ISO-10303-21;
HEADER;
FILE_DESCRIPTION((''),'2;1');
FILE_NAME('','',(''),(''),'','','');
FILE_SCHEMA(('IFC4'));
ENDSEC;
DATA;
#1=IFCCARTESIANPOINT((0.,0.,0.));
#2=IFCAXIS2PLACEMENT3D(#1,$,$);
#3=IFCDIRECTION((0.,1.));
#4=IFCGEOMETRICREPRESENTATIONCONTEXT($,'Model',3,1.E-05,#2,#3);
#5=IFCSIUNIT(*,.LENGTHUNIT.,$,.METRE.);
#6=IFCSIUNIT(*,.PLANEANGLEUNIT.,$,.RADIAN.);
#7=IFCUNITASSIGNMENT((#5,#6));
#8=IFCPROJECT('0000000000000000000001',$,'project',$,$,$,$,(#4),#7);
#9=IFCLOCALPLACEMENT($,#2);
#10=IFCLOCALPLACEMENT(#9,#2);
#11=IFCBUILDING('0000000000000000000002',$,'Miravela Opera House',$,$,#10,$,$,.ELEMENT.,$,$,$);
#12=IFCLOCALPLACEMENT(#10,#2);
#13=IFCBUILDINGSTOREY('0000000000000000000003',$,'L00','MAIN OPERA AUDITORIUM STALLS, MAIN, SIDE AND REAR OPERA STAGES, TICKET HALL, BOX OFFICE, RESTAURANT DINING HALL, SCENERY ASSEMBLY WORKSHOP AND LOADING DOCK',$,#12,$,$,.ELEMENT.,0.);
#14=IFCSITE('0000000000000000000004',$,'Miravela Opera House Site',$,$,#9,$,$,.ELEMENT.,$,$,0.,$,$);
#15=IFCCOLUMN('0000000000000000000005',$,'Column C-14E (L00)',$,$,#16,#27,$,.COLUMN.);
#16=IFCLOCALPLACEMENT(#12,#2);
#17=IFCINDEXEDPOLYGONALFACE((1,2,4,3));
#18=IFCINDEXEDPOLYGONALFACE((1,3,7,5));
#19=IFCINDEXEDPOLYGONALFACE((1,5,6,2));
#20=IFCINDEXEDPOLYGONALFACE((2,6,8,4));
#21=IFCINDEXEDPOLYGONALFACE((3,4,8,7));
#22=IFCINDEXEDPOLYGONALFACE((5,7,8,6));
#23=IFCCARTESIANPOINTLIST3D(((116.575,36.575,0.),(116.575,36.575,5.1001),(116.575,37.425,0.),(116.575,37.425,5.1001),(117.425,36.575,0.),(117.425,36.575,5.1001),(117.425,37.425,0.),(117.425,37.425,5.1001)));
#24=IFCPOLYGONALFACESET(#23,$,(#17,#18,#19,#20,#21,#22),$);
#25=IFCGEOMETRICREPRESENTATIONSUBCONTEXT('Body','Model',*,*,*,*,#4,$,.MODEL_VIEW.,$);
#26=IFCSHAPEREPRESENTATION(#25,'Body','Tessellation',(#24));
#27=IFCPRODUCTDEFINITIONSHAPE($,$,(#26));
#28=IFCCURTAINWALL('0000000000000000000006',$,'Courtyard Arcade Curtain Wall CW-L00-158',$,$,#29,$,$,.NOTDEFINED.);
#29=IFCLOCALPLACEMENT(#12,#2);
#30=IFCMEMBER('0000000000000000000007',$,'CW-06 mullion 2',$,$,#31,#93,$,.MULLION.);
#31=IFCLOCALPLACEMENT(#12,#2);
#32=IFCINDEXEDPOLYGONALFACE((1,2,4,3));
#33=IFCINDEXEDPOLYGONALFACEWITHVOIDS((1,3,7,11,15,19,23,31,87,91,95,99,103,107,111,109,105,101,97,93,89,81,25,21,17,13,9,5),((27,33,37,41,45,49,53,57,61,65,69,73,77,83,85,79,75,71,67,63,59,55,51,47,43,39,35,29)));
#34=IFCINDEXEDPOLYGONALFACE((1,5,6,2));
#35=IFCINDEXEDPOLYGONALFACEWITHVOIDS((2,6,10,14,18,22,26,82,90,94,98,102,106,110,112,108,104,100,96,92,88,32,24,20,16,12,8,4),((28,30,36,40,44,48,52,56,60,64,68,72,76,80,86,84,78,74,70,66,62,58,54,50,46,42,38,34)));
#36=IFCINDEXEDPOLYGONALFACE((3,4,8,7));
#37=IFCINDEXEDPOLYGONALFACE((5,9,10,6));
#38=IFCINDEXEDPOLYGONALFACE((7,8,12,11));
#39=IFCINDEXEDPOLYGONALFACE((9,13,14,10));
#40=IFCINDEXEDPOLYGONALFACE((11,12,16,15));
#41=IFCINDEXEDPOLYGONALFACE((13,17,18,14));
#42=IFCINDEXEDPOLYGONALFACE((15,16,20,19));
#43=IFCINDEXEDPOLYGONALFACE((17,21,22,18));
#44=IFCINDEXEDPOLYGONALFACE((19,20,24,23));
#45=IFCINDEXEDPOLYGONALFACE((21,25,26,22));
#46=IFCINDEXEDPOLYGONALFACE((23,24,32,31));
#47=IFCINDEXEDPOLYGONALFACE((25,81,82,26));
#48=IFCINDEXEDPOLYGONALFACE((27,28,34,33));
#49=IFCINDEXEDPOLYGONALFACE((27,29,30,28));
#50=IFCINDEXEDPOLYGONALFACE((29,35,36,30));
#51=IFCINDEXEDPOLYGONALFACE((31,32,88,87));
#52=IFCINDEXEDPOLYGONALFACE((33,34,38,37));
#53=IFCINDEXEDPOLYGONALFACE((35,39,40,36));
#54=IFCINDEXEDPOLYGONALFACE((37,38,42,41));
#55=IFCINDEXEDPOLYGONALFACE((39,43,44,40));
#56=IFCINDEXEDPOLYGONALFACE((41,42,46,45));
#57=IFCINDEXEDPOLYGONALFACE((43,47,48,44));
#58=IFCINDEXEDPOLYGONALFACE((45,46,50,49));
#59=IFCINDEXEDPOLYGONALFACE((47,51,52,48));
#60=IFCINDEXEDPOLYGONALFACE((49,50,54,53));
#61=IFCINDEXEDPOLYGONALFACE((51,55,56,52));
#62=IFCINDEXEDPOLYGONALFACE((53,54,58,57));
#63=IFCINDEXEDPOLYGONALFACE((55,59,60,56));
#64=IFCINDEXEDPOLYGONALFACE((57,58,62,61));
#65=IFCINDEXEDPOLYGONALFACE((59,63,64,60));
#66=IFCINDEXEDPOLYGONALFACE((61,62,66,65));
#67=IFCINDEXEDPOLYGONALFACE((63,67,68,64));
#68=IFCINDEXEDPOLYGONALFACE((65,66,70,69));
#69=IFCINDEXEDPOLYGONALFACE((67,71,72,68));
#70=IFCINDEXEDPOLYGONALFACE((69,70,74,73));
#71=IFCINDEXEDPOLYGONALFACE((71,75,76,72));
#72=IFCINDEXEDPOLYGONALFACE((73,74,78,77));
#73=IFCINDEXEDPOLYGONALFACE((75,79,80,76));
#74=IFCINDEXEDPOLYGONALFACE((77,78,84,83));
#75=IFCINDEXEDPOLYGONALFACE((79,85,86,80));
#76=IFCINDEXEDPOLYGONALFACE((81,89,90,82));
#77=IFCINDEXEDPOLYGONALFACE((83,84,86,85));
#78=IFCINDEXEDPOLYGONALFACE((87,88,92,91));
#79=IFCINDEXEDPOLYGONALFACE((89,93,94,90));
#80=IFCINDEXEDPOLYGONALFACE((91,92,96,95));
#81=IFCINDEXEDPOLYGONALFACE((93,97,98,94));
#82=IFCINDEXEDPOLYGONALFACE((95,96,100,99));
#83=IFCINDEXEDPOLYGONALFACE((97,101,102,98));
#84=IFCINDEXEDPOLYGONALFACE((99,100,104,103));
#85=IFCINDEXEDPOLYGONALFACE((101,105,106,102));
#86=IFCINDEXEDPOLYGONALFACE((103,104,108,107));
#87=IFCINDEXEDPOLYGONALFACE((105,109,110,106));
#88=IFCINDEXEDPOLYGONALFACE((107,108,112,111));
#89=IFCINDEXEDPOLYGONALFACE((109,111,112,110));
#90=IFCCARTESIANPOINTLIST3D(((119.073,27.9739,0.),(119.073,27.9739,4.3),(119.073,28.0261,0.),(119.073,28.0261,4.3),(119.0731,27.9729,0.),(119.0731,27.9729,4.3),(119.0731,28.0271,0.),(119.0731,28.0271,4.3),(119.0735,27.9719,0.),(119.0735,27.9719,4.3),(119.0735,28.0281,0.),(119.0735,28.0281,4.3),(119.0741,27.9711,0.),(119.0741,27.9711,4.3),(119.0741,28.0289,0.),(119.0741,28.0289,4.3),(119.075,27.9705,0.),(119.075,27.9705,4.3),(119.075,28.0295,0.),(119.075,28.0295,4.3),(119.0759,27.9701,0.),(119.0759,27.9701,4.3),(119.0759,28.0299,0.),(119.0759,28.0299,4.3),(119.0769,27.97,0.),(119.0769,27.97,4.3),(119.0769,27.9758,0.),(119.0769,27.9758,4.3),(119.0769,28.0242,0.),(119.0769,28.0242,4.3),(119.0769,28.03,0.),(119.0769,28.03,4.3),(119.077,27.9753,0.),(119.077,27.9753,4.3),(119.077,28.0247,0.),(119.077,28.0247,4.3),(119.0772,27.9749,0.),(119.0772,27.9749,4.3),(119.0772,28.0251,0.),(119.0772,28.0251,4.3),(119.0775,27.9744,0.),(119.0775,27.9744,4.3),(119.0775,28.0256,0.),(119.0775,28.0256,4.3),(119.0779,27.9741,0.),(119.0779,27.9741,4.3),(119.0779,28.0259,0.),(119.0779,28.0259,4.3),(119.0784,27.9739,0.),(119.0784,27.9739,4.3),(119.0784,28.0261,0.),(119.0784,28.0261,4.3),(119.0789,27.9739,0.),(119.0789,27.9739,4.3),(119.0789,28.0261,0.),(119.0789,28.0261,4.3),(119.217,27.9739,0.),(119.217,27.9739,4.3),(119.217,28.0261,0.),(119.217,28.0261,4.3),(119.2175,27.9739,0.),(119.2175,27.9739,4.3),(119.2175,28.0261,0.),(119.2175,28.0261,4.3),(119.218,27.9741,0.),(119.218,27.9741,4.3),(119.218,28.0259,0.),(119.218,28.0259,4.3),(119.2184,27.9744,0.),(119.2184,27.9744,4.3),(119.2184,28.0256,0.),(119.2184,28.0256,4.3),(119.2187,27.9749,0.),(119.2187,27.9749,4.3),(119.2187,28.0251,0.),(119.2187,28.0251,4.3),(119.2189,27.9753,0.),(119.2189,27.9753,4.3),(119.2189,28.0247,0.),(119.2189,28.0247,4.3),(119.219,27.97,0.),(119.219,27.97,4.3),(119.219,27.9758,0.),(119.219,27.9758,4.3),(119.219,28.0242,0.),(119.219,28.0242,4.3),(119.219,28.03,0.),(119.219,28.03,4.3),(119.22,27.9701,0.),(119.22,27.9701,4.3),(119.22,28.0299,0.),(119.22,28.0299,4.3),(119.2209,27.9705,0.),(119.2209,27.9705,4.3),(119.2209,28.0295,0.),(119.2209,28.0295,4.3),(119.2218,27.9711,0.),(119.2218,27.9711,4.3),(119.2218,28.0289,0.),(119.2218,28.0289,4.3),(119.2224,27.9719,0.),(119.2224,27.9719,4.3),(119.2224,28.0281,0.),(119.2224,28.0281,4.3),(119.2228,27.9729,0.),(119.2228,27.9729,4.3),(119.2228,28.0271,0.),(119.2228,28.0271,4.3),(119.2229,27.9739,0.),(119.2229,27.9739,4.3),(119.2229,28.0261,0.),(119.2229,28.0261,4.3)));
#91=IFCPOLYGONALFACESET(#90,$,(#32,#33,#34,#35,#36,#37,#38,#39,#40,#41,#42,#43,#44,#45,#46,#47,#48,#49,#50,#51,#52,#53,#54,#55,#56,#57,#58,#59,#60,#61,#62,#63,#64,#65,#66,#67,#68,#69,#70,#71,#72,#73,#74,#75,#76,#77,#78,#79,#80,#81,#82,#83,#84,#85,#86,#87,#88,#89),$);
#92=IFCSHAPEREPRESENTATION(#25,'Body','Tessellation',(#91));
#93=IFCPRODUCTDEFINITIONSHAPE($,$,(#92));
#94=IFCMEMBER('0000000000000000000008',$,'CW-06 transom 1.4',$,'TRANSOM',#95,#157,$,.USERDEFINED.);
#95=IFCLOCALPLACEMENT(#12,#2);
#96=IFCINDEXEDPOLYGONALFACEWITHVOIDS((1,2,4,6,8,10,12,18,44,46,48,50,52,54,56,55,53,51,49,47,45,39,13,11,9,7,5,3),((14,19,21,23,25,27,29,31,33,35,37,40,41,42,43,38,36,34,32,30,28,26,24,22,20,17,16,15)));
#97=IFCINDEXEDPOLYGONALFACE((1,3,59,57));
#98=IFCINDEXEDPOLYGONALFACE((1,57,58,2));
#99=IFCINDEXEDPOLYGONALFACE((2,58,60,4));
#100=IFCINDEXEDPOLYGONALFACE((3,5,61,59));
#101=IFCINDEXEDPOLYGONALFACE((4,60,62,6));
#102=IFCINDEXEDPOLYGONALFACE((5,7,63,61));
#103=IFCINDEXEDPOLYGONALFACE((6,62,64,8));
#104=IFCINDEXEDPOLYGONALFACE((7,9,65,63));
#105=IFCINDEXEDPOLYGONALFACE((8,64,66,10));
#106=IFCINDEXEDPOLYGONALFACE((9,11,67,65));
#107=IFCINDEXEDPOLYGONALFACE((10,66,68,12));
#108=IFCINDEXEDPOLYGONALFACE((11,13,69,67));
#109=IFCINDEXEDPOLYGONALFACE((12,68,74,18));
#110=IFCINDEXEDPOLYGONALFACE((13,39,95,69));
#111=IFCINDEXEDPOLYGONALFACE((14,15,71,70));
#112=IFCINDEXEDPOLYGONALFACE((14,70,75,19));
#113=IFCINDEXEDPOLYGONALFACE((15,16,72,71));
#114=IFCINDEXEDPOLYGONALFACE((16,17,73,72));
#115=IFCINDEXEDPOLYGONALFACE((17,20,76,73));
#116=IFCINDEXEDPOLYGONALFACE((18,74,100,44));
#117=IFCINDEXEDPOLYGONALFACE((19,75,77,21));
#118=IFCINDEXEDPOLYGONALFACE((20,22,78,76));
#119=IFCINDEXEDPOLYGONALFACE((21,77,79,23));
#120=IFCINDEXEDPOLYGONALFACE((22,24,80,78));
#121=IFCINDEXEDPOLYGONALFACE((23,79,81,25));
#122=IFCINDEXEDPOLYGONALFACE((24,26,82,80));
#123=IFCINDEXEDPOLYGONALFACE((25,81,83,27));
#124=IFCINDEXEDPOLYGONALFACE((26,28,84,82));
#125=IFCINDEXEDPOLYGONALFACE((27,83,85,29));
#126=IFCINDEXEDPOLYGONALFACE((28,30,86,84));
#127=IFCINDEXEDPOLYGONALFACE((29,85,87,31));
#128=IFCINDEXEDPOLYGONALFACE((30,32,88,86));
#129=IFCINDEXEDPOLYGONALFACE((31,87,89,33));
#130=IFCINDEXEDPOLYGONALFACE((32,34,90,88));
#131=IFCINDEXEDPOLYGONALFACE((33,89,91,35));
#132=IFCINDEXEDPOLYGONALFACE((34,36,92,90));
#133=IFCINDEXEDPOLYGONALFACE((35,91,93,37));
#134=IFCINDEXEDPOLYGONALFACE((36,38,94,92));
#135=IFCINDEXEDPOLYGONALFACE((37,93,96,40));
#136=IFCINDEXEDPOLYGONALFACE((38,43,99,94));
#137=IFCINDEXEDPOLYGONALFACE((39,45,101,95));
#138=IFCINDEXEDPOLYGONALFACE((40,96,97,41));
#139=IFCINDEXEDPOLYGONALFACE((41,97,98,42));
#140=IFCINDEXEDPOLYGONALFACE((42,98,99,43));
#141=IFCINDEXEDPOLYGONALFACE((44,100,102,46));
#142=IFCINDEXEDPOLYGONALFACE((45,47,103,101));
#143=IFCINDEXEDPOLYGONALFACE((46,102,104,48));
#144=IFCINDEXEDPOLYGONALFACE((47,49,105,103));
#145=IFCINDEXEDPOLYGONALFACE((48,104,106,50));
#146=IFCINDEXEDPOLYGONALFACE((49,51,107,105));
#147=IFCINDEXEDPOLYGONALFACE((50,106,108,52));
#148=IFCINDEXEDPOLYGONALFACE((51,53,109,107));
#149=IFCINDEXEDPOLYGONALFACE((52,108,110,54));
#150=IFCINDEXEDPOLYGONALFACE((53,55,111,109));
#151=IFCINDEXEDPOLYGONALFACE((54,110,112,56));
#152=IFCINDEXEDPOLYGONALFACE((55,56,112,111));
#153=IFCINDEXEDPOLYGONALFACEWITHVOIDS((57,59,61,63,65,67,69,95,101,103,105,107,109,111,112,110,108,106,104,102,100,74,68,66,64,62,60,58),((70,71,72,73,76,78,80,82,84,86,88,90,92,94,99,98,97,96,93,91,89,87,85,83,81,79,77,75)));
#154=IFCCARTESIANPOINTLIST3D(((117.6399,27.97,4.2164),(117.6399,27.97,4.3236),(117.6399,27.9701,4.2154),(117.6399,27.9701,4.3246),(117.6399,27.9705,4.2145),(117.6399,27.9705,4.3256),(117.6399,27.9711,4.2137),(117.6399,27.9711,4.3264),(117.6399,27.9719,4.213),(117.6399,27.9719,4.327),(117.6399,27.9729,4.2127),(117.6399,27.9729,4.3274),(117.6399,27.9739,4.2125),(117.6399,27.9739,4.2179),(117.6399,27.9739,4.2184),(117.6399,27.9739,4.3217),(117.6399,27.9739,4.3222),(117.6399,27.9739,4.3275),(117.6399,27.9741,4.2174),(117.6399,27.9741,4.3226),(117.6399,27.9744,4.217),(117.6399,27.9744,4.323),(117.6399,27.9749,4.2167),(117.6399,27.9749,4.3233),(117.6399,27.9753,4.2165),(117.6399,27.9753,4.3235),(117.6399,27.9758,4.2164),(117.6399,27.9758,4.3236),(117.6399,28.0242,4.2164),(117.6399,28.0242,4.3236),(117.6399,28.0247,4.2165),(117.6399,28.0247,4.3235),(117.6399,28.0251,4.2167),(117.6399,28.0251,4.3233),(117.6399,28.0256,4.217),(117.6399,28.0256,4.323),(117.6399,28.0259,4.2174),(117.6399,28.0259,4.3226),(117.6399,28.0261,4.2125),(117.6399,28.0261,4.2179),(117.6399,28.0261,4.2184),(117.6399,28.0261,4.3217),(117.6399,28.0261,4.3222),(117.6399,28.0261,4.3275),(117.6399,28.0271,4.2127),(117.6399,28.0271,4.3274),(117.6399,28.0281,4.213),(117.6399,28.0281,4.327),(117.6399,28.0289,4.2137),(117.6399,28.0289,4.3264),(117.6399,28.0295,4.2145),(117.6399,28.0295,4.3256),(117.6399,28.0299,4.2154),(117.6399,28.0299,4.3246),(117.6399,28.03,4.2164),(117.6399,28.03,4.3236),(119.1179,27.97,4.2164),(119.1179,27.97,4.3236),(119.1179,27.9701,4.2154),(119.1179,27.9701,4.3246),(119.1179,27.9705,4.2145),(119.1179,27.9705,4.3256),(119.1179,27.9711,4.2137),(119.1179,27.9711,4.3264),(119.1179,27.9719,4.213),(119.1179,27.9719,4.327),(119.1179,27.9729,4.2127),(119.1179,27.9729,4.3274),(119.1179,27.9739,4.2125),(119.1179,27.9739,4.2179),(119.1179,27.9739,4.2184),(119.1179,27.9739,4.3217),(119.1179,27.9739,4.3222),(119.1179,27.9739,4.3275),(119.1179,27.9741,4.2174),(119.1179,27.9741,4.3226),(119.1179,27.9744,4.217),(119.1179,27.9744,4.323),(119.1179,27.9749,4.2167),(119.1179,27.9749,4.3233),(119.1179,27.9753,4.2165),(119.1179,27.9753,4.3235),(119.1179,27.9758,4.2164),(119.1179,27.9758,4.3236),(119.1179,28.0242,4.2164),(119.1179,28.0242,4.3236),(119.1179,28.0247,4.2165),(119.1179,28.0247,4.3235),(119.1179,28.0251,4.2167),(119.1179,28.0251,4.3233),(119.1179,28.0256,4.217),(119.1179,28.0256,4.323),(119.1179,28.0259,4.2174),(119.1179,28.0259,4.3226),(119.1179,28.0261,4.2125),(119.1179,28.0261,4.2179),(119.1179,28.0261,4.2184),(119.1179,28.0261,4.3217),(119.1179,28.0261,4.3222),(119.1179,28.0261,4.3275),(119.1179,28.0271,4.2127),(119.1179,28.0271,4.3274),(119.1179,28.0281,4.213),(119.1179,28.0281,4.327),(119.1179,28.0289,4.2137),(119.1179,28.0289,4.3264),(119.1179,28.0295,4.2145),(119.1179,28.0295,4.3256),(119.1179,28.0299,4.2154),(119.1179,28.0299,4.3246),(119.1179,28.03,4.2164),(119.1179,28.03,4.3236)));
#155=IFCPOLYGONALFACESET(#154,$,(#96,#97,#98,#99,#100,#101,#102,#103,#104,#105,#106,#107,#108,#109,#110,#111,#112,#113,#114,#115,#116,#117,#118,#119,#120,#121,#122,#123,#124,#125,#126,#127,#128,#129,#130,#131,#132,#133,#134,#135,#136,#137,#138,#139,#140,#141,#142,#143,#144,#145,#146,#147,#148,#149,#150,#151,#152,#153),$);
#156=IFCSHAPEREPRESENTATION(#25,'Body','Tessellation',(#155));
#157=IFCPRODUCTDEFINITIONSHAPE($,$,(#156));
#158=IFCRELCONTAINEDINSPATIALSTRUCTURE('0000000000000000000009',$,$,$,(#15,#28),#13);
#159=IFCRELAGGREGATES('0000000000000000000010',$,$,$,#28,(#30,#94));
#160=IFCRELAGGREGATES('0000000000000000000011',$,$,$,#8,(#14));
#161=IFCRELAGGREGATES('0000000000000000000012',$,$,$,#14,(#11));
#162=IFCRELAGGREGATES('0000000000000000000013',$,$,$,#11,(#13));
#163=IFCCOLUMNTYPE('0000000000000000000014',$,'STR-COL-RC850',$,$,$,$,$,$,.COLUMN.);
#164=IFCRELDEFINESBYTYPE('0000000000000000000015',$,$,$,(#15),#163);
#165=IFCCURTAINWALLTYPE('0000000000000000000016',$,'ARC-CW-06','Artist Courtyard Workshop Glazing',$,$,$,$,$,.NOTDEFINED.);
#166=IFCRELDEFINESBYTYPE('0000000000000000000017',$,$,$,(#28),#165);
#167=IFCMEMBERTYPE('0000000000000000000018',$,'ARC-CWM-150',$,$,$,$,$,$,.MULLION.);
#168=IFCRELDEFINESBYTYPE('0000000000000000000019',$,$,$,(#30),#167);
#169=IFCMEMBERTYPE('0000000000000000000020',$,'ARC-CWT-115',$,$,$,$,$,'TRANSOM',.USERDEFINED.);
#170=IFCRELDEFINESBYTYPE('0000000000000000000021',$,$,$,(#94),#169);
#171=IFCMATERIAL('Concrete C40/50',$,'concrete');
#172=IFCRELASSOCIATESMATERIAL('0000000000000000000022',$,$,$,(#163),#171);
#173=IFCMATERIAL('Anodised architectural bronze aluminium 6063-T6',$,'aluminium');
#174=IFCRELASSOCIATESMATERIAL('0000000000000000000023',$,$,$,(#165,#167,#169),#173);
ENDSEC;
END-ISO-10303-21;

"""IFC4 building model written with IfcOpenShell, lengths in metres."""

from ifc_helpers import new_model, si_unit, direction, frame, origin, origin_2d, place, context, subcontext, project, spatial, rectangle, hollow_rectangle, extrude, material, material_profile, profile_set, type_object, element, aggregate, save


model = new_model("IFC4")

# Units and contexts
model_context = context("Model", 3, precision=1e-05, world=origin(), true_north=direction((0.0, 1.0)))
body_context = subcontext(model_context, "Body", "Model", "MODEL_VIEW")
ifc_project = project(units=[si_unit("LENGTHUNIT", "METRE"), si_unit("PLANEANGLEUNIT", "RADIAN")], contexts=[model_context])

# Site, building, storey
site_placement = place(None, origin())
site = spatial("IfcSite", under=ifc_project, at=site_placement, Name="Miravela Opera House Site", CompositionType="ELEMENT", RefElevation=0.0)
building_placement = place(site_placement, origin())
building = spatial("IfcBuilding", under=site, at=building_placement, Name="Miravela Opera House", CompositionType="ELEMENT")
storey_placement = place(building_placement, origin())
storey = spatial("IfcBuildingStorey", under=building, at=storey_placement, Name="L00", Description="MAIN OPERA AUDITORIUM STALLS, MAIN, SIDE AND REAR OPERA STAGES, TICKET HALL, BOX OFFICE, RESTAURANT DINING HALL, SCENERY ASSEMBLY WORKSHOP AND LOADING DOCK", CompositionType="ELEMENT", Elevation=0.0)

# Column
ifc_material_1 = material(Name="Concrete C40/50", Category="concrete")
ifc_material_profile_1 = material_profile(ifc_material_1, rectangle(XDim=0.8501, YDim=0.8501, at=origin_2d()), Name="RC-COL-850X850")
ifc_profile_set_1 = profile_set([ifc_material_profile_1])
column_type = type_object("IfcColumnType", Name="STR-COL-RC850", PredefinedType="COLUMN", material=ifc_profile_set_1)
column_placement = place(storey_placement, frame((117.0, 37.0, 0.0), z_axis=(0.0, 0.0, 1.0), x_axis=(1.0, 0.0, 0.0)))
element("IfcColumn", 1, at=column_placement, inside=storey, type_object=column_type, Name="Column C-14E (L00)", PredefinedType="COLUMN", context=body_context, shape_type="SweptSolid", body=[
    extrude(rectangle(XDim=0.8501, YDim=0.8501, at=origin_2d()), origin(), (0.0, 0.0, 1.0), 5.1001),
])

# Curtain wall, members
ifc_material_2 = material(Name="Anodised architectural bronze aluminium 6063-T6", Category="aluminium")
curtain_wall_type = type_object("IfcCurtainWallType", Name="ARC-CW-06", Description="Artist Courtyard Workshop Glazing", PredefinedType="NOTDEFINED", material=ifc_material_2)
curtain_wall_placement = place(storey_placement, origin())
curtain_wall = element("IfcCurtainWall", 2, at=curtain_wall_placement, inside=storey, type_object=curtain_wall_type, Name="Courtyard Arcade Curtain Wall CW-L00-158", PredefinedType="NOTDEFINED")
ifc_material_profile_2 = material_profile(ifc_material_2, hollow_rectangle(XDim=0.0601, YDim=0.1499, WallThickness=0.0039, InnerFilletRadius=0.002, OuterFilletRadius=0.0039, at=origin_2d()), Name="CWM-60X150")
ifc_profile_set_2 = profile_set([ifc_material_profile_2])
member_type_1 = type_object("IfcMemberType", Name="ARC-CWM-150", PredefinedType="MULLION", material=ifc_profile_set_2)
member_1_placement = place(storey_placement, frame((119.1479, 28.0, 0.0), z_axis=(0.0, 0.0, 1.0), x_axis=(0.0, 1.0, 0.0)))
member_1 = element("IfcMember", 3, at=member_1_placement, type_object=member_type_1, Name="CW-06 mullion 2", PredefinedType="MULLION", context=body_context, shape_type="SweptSolid", body=[
    extrude(hollow_rectangle(XDim=0.0601, YDim=0.1499, WallThickness=0.0039, InnerFilletRadius=0.002, OuterFilletRadius=0.0039, at=origin_2d()), origin(), (0.0, 0.0, 1.0), 4.3),
])
ifc_material_profile_3 = material_profile(ifc_material_2, hollow_rectangle(XDim=0.0601, YDim=0.115, WallThickness=0.0039, InnerFilletRadius=0.002, OuterFilletRadius=0.0039, at=origin_2d()), Name="CWT-60X115")
ifc_profile_set_3 = profile_set([ifc_material_profile_3])
member_type_2 = type_object("IfcMemberType", Name="ARC-CWT-115", ElementType="TRANSOM", PredefinedType="USERDEFINED", material=ifc_profile_set_3)
member_2_placement = place(storey_placement, frame((117.6399, 28.0, 4.27), z_axis=(1.0, 0.0, 0.0), x_axis=(0.0, 1.0, 0.0)))
member_2 = element("IfcMember", 4, at=member_2_placement, type_object=member_type_2, Name="CW-06 transom 1.4", ObjectType="TRANSOM", PredefinedType="USERDEFINED", context=body_context, shape_type="SweptSolid", body=[
    extrude(hollow_rectangle(XDim=0.0601, YDim=0.115, WallThickness=0.0039, InnerFilletRadius=0.002, OuterFilletRadius=0.0039, at=origin_2d()), origin(), (0.0, 0.0, 1.0), 1.478),
])

aggregate(curtain_wall, [member_1, member_2])

save(model, "model.ifc")
